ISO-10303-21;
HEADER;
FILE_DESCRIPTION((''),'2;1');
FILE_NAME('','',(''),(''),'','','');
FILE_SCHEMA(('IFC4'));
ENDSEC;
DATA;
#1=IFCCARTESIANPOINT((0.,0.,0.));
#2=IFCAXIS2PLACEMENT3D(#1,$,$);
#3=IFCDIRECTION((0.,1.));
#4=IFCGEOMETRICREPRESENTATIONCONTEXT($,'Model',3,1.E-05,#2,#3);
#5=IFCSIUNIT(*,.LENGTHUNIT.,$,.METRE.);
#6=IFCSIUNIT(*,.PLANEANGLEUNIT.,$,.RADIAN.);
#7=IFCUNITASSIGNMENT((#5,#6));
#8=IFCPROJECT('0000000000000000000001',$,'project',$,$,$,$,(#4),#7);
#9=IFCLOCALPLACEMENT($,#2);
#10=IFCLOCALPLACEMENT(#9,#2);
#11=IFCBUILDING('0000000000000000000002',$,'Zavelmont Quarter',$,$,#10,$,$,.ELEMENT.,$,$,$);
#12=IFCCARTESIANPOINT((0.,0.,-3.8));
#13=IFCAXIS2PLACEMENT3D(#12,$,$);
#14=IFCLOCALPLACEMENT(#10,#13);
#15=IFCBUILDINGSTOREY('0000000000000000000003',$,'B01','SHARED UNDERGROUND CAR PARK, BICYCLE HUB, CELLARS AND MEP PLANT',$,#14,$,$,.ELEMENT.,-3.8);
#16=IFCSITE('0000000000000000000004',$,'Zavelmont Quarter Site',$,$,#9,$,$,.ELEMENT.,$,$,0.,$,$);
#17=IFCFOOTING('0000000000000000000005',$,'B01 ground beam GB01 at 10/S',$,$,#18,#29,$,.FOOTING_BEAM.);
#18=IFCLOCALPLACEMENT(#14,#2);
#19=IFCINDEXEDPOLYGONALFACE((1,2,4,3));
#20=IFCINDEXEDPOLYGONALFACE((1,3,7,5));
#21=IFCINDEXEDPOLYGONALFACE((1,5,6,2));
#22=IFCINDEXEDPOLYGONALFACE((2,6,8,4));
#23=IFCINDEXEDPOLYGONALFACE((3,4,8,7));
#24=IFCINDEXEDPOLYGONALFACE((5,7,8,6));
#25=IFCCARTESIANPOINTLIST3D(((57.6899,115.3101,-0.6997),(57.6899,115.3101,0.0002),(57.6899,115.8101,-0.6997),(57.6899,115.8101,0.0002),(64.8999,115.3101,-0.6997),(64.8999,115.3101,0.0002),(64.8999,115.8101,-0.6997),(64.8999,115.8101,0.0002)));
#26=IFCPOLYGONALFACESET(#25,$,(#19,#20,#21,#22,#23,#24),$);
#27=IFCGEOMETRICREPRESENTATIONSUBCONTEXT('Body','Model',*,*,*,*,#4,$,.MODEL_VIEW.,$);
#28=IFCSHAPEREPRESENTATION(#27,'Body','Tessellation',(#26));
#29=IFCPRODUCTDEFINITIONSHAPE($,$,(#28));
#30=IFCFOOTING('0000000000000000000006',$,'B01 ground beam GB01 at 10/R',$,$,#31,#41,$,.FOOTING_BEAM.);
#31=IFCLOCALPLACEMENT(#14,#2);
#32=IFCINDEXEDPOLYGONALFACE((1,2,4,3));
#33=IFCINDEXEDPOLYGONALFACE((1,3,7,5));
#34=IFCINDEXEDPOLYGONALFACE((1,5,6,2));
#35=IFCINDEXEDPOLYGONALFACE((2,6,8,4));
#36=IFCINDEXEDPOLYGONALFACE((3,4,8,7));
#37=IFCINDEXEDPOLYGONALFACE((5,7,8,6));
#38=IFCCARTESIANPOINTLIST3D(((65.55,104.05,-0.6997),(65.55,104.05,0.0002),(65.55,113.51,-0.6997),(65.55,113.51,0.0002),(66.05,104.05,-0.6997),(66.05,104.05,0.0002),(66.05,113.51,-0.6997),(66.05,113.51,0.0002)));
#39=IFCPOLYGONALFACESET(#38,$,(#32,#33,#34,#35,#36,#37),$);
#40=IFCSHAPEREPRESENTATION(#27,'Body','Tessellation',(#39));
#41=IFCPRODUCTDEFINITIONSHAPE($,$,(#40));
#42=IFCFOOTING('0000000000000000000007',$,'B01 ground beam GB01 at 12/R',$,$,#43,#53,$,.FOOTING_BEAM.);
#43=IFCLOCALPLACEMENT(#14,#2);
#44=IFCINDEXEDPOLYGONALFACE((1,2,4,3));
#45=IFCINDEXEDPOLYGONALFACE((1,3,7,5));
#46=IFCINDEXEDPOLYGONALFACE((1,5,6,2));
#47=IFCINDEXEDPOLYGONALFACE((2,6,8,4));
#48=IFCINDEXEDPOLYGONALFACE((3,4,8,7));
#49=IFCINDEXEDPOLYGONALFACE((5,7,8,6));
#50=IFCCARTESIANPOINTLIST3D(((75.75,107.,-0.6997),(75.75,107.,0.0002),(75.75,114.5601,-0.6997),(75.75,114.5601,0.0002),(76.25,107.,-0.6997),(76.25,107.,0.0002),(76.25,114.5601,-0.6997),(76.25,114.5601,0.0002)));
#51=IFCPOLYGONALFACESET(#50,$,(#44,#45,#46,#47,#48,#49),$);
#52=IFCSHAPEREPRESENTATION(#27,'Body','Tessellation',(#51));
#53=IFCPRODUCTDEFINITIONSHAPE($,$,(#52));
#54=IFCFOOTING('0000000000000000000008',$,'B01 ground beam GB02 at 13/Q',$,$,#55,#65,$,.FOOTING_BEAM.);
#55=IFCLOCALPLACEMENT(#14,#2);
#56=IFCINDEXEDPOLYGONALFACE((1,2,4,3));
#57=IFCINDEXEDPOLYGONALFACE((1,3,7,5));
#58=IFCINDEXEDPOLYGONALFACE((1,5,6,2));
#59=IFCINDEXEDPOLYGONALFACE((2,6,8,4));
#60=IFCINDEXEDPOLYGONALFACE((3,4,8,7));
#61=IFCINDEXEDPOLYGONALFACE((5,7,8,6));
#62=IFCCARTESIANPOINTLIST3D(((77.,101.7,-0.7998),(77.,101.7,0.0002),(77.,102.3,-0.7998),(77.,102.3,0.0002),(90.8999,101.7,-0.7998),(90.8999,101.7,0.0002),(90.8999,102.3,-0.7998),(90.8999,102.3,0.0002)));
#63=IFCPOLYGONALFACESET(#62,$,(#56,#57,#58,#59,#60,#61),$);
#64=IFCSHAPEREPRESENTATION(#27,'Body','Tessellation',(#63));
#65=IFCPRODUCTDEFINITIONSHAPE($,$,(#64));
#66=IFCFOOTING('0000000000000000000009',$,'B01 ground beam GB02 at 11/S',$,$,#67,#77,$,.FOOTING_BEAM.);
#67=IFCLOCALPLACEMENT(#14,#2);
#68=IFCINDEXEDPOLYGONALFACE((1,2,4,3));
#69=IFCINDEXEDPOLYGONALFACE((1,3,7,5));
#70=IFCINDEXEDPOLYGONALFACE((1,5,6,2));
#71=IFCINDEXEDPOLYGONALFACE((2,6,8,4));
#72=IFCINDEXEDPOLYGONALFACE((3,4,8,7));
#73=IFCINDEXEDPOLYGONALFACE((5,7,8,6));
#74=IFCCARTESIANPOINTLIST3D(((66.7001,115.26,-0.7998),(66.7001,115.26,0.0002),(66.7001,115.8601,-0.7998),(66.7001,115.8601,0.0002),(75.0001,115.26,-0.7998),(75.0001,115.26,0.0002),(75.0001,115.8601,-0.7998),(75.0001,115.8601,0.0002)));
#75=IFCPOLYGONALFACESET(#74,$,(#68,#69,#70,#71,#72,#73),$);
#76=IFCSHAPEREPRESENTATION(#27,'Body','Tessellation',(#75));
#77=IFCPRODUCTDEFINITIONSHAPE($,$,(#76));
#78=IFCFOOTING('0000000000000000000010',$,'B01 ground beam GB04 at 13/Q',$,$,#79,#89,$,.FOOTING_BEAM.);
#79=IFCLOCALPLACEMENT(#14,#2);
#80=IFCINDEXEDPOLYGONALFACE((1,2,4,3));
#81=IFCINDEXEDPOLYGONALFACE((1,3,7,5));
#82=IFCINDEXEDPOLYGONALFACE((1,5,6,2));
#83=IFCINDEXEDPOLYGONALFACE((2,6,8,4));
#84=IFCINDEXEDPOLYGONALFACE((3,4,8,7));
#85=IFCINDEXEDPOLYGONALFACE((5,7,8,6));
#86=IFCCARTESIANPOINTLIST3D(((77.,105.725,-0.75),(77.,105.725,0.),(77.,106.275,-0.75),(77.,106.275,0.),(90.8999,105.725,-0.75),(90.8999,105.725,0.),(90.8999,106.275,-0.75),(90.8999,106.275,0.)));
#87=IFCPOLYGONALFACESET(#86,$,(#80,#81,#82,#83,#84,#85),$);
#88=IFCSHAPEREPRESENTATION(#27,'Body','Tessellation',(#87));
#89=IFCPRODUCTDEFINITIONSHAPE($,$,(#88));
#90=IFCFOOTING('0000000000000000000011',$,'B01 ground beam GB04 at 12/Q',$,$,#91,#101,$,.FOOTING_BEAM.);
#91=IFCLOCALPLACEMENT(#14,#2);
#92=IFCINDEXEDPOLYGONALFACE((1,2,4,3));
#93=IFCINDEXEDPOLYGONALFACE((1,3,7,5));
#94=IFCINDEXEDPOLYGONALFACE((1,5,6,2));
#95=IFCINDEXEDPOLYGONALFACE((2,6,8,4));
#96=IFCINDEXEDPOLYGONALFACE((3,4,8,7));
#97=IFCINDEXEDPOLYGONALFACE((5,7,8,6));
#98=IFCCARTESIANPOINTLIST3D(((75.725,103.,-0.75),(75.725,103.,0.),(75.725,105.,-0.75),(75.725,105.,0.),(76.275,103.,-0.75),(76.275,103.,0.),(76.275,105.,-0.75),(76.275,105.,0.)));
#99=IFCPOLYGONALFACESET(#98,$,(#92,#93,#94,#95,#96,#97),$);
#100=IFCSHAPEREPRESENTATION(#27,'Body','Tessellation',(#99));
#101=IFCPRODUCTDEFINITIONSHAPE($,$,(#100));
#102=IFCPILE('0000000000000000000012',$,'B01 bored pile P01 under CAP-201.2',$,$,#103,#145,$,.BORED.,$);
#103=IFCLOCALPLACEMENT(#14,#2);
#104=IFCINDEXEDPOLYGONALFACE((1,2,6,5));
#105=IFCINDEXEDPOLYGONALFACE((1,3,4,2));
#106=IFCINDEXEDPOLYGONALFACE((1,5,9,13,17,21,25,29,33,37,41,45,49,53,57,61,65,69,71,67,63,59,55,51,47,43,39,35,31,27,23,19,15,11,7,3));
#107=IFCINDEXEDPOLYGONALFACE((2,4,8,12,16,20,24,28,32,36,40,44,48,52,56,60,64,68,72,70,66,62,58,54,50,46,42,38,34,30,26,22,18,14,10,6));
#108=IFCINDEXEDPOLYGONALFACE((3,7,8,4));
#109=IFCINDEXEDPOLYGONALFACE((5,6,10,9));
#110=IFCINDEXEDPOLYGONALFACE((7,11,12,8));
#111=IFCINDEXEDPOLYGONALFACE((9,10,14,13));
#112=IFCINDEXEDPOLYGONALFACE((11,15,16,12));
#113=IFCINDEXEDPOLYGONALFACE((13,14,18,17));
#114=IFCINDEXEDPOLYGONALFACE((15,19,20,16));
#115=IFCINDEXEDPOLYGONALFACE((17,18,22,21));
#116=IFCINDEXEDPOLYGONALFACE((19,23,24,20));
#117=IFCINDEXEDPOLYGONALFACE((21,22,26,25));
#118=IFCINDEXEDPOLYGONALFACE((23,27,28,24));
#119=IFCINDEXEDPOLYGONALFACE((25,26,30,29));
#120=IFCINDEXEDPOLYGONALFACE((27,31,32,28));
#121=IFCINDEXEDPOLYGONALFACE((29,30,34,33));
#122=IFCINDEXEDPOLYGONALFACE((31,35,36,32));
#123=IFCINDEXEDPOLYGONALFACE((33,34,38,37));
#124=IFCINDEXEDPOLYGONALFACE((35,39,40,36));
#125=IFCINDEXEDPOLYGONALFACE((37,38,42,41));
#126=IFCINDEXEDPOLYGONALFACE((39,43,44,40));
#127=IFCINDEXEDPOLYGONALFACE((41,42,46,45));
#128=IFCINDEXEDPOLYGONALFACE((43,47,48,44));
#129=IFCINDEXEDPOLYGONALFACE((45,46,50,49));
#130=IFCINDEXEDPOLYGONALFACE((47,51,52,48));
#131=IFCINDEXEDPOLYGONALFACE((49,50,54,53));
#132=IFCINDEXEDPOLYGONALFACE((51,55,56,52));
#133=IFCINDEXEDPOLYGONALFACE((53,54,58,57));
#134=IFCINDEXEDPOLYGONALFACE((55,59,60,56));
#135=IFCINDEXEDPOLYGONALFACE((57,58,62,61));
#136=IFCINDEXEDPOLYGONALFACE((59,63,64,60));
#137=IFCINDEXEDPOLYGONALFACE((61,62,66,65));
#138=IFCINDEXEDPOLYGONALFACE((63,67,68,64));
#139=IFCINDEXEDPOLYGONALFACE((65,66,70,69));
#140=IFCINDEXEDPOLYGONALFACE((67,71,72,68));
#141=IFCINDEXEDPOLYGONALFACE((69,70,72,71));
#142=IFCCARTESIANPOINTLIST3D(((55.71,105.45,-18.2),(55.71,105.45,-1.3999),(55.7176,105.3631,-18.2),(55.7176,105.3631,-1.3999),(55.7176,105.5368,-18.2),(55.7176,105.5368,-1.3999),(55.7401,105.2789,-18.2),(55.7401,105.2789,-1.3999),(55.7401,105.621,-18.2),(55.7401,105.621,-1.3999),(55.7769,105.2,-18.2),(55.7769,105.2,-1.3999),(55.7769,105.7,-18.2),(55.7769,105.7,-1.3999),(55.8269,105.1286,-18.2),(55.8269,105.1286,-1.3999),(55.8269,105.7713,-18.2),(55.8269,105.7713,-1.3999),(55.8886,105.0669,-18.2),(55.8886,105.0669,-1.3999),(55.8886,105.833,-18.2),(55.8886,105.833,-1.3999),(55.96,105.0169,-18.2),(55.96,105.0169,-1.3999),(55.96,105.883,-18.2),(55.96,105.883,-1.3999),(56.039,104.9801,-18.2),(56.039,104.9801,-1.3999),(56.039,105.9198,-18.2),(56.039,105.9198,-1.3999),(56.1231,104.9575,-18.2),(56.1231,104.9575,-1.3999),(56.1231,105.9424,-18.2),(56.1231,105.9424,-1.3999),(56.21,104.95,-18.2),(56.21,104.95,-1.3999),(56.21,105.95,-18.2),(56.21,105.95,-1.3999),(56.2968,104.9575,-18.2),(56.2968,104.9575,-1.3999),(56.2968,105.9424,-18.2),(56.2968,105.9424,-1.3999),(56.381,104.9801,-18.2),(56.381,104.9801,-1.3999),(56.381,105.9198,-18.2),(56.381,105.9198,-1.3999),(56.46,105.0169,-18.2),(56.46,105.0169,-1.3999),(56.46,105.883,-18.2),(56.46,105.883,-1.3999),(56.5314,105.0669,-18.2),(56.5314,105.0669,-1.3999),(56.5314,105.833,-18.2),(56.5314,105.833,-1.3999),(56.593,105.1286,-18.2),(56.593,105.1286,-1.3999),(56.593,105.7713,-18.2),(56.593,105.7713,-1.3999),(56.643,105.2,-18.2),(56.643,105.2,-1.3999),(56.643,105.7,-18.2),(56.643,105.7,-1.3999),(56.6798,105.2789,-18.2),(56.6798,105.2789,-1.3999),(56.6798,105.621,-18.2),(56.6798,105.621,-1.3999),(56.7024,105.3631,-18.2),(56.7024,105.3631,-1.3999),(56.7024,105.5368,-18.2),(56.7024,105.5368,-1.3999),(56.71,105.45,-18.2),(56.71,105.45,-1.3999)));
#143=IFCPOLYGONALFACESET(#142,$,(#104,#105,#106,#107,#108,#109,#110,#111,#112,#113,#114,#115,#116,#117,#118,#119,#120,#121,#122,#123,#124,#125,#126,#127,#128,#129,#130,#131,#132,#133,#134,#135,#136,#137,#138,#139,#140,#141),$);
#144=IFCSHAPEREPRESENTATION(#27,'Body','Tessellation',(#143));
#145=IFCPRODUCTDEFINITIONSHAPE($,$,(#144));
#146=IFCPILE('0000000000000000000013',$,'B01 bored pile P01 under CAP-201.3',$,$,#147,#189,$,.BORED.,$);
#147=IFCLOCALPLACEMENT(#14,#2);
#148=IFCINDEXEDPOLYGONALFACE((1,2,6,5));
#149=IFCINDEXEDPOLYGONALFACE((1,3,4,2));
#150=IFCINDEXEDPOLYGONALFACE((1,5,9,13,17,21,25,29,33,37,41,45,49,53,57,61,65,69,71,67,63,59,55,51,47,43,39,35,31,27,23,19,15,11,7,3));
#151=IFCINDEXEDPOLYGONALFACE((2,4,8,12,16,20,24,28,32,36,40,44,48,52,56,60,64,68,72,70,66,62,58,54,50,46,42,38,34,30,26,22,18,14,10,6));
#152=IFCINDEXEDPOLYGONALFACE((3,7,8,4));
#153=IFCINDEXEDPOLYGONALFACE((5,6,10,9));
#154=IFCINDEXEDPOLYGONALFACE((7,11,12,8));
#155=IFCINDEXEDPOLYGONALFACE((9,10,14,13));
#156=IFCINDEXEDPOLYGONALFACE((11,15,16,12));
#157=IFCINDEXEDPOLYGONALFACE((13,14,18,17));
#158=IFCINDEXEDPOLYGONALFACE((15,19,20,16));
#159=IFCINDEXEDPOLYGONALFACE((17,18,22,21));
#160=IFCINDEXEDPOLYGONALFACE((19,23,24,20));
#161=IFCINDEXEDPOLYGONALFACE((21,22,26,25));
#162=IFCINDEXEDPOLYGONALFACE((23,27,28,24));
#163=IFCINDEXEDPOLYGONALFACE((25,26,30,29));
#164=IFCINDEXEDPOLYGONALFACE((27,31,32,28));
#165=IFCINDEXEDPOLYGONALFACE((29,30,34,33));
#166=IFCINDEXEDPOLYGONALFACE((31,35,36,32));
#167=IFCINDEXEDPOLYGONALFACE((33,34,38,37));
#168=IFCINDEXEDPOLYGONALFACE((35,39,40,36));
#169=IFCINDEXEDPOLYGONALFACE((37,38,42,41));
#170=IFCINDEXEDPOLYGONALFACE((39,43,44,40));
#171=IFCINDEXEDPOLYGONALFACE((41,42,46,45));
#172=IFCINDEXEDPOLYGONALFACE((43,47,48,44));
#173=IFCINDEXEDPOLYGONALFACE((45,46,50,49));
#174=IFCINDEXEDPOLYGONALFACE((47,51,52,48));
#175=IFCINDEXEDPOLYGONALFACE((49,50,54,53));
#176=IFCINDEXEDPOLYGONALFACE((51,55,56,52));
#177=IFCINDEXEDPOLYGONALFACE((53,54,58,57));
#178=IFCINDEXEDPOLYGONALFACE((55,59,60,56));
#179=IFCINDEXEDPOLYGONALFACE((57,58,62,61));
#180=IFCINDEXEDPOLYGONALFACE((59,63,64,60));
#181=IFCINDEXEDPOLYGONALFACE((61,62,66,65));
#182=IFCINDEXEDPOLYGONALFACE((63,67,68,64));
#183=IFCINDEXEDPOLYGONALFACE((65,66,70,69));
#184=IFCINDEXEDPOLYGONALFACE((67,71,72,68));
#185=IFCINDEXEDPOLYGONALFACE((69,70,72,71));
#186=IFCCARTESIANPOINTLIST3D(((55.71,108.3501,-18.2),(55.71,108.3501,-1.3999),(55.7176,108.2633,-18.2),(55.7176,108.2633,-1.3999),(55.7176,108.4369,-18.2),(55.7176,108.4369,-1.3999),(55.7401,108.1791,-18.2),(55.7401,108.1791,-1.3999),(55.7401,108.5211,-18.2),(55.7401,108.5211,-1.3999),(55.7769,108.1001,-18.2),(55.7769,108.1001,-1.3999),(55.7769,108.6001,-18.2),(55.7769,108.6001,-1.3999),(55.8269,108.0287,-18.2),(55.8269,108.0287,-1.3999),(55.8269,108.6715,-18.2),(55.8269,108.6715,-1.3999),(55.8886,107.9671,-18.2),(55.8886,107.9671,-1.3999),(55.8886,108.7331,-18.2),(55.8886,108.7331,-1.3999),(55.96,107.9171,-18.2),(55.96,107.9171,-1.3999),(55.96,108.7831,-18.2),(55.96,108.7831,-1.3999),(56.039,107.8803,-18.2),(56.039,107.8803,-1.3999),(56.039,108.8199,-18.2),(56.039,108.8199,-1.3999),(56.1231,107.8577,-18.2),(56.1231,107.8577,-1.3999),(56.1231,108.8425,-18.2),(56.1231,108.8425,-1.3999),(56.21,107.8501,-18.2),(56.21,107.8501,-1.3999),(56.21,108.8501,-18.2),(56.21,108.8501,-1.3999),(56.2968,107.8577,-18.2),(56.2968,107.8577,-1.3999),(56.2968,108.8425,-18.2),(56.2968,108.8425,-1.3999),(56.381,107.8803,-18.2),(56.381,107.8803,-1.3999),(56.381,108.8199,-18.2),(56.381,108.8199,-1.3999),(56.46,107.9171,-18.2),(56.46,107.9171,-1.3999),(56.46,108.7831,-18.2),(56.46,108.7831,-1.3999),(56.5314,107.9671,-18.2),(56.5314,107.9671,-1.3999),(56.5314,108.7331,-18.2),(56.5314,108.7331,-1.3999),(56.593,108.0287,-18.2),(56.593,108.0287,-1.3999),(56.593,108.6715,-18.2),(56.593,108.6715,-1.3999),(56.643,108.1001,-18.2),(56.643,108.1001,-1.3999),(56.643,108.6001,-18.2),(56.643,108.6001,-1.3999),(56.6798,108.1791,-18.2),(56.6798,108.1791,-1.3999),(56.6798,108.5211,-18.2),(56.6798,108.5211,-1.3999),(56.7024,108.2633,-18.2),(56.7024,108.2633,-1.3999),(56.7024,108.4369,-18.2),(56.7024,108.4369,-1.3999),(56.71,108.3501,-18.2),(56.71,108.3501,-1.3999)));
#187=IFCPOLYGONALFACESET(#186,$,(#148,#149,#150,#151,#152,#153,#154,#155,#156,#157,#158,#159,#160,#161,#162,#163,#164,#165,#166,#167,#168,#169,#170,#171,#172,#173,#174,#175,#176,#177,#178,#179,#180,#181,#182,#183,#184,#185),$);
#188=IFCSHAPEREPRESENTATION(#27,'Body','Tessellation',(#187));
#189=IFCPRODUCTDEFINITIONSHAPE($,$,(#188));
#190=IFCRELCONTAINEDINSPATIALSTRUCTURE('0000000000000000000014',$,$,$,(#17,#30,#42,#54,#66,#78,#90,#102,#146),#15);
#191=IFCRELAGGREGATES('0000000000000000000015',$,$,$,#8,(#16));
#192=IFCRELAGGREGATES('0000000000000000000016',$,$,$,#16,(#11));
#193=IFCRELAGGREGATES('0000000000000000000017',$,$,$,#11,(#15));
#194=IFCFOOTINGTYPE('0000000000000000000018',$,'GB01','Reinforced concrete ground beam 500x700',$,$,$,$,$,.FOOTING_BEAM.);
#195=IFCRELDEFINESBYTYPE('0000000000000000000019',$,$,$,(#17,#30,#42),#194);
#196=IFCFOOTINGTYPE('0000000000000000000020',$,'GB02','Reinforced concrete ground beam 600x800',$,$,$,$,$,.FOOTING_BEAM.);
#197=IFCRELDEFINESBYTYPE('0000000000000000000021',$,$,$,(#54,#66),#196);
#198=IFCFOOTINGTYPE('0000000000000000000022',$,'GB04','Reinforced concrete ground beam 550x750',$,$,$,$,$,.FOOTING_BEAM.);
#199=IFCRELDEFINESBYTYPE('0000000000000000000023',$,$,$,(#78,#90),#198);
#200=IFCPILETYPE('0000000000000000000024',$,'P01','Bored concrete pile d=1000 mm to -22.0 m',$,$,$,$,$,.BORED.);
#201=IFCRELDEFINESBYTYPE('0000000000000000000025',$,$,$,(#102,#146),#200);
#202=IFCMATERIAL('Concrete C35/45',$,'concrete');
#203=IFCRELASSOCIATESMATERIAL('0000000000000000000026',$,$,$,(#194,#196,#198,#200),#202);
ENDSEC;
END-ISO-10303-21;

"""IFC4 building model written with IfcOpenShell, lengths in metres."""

from ifc_helpers import new_model, si_unit, direction, frame, origin, origin_2d, place, context, subcontext, project, spatial, rectangle, circle, extrude, material, material_profile, profile_set, type_object, element, save


model = new_model("IFC4")

# Units and contexts
model_context = context("Model", 3, precision=1e-05, world=origin(), true_north=direction((0.0, 1.0)))
body_context = subcontext(model_context, "Body", "Model", "MODEL_VIEW")
ifc_project = project(units=[si_unit("LENGTHUNIT", "METRE"), si_unit("PLANEANGLEUNIT", "RADIAN")], contexts=[model_context])

# Site, building, storey
site_placement = place(None, origin())
site = spatial("IfcSite", under=ifc_project, at=site_placement, Name="Zavelmont Quarter Site", CompositionType="ELEMENT", RefElevation=0.0)
building_placement = place(site_placement, origin())
building = spatial("IfcBuilding", under=site, at=building_placement, Name="Zavelmont Quarter", CompositionType="ELEMENT")
storey_placement = place(building_placement, frame((0.0, 0.0, -3.8)))
storey = spatial("IfcBuildingStorey", under=building, at=storey_placement, Name="B01", Description="SHARED UNDERGROUND CAR PARK, BICYCLE HUB, CELLARS AND MEP PLANT", CompositionType="ELEMENT", Elevation=-3.8)

# Footings
ifc_material_1 = material(Name="Concrete C35/45", Category="concrete")
footing_type_1 = type_object("IfcFootingType", Name="GB01", Description="Reinforced concrete ground beam 500x700", PredefinedType="FOOTING_BEAM", material=ifc_material_1)
footing_1_placement = place(storey_placement, frame((61.2949, 115.5601, -0.6997), z_axis=(0.0, 0.0, 1.0), x_axis=(1.0, 0.0, 0.0)))
element("IfcFooting", 1, at=footing_1_placement, inside=storey, type_object=footing_type_1, Name="B01 ground beam GB01 at 10/S", PredefinedType="FOOTING_BEAM", context=body_context, shape_type="SweptSolid", body=[
    extrude(rectangle(XDim=7.21, YDim=0.5, at=origin_2d()), origin(), (0.0, 0.0, 1.0), 0.7),
])
footing_2_placement = place(storey_placement, frame((65.8, 108.78, -0.6997), z_axis=(0.0, 0.0, 1.0), x_axis=(0.0, 1.0, 0.0)))
element("IfcFooting", 2, at=footing_2_placement, inside=storey, type_object=footing_type_1, Name="B01 ground beam GB01 at 10/R", PredefinedType="FOOTING_BEAM", context=body_context, shape_type="SweptSolid", body=[
    extrude(rectangle(XDim=9.46, YDim=0.5, at=origin_2d()), origin(), (0.0, 0.0, 1.0), 0.7),
])
footing_3_placement = place(storey_placement, frame((76.0, 110.78, -0.6997), z_axis=(0.0, 0.0, 1.0), x_axis=(0.0, 1.0, 0.0)))
element("IfcFooting", 3, at=footing_3_placement, inside=storey, type_object=footing_type_1, Name="B01 ground beam GB01 at 12/R", PredefinedType="FOOTING_BEAM", context=body_context, shape_type="SweptSolid", body=[
    extrude(rectangle(XDim=7.5601, YDim=0.5, at=origin_2d()), origin(), (0.0, 0.0, 1.0), 0.7),
])
footing_type_2 = type_object("IfcFootingType", Name="GB02", Description="Reinforced concrete ground beam 600x800", PredefinedType="FOOTING_BEAM", material=ifc_material_1)
footing_4_placement = place(storey_placement, frame((83.95, 102.0, -0.7998), z_axis=(0.0, 0.0, 1.0), x_axis=(1.0, 0.0, 0.0)))
element("IfcFooting", 4, at=footing_4_placement, inside=storey, type_object=footing_type_2, Name="B01 ground beam GB02 at 13/Q", PredefinedType="FOOTING_BEAM", context=body_context, shape_type="SweptSolid", body=[
    extrude(rectangle(XDim=13.8999, YDim=0.6001, at=origin_2d()), origin(), (0.0, 0.0, 1.0), 0.8),
])
footing_5_placement = place(storey_placement, frame((70.8501, 115.5601, -0.7998), z_axis=(0.0, 0.0, 1.0), x_axis=(1.0, 0.0, 0.0)))
element("IfcFooting", 5, at=footing_5_placement, inside=storey, type_object=footing_type_2, Name="B01 ground beam GB02 at 11/S", PredefinedType="FOOTING_BEAM", context=body_context, shape_type="SweptSolid", body=[
    extrude(rectangle(XDim=8.3, YDim=0.6001, at=origin_2d()), origin(), (0.0, 0.0, 1.0), 0.8),
])
footing_type_3 = type_object("IfcFootingType", Name="GB04", Description="Reinforced concrete ground beam 550x750", PredefinedType="FOOTING_BEAM", material=ifc_material_1)
footing_6_placement = place(storey_placement, frame((83.95, 106.0, -0.75), z_axis=(0.0, 0.0, 1.0), x_axis=(1.0, 0.0, 0.0)))
element("IfcFooting", 6, at=footing_6_placement, inside=storey, type_object=footing_type_3, Name="B01 ground beam GB04 at 13/Q", PredefinedType="FOOTING_BEAM", context=body_context, shape_type="SweptSolid", body=[
    extrude(rectangle(XDim=13.8999, YDim=0.55, at=origin_2d()), origin(), (0.0, 0.0, 1.0), 0.75),
])
footing_7_placement = place(storey_placement, frame((76.0, 104.0, -0.75), z_axis=(0.0, 0.0, 1.0), x_axis=(0.0, 1.0, 0.0)))
element("IfcFooting", 7, at=footing_7_placement, inside=storey, type_object=footing_type_3, Name="B01 ground beam GB04 at 12/Q", PredefinedType="FOOTING_BEAM", context=body_context, shape_type="SweptSolid", body=[
    extrude(rectangle(XDim=2.0, YDim=0.55, at=origin_2d()), origin(), (0.0, 0.0, 1.0), 0.75),
])

# Piles
ifc_material_profile_1 = material_profile(ifc_material_1, circle(Radius=0.5, at=origin_2d()), Name="BP1000")
ifc_profile_set_1 = profile_set([ifc_material_profile_1], Name="Concrete C35/45")
pile_type_1 = type_object("IfcPileType", Name="P01", Description="Bored concrete pile d=1000 mm to -22.0 m", PredefinedType="BORED", material=ifc_profile_set_1)
for number, where, z_axis, x_axis, name in (
    (8, (56.21, 105.45, -1.3999), (0.0, 0.0, -1.0), (1.0, 0.0, 0.0), "B01 bored pile P01 under CAP-201.2"),
    (9, (56.21, 108.3501, -1.3999), (0.0, 0.0, -1.0), (1.0, 0.0, 0.0), "B01 bored pile P01 under CAP-201.3"),
):
    element("IfcPile", number, at=place(storey_placement, frame(where, z_axis=z_axis, x_axis=x_axis)), inside=storey, type_object=pile_type_1, Name=name, PredefinedType="BORED", context=body_context, shape_type="SweptSolid", body=[
        extrude(circle(Radius=0.5, at=origin_2d()), origin(), (0.0, 0.0, 1.0), 16.8),
    ])

save(model, "model.ifc")
